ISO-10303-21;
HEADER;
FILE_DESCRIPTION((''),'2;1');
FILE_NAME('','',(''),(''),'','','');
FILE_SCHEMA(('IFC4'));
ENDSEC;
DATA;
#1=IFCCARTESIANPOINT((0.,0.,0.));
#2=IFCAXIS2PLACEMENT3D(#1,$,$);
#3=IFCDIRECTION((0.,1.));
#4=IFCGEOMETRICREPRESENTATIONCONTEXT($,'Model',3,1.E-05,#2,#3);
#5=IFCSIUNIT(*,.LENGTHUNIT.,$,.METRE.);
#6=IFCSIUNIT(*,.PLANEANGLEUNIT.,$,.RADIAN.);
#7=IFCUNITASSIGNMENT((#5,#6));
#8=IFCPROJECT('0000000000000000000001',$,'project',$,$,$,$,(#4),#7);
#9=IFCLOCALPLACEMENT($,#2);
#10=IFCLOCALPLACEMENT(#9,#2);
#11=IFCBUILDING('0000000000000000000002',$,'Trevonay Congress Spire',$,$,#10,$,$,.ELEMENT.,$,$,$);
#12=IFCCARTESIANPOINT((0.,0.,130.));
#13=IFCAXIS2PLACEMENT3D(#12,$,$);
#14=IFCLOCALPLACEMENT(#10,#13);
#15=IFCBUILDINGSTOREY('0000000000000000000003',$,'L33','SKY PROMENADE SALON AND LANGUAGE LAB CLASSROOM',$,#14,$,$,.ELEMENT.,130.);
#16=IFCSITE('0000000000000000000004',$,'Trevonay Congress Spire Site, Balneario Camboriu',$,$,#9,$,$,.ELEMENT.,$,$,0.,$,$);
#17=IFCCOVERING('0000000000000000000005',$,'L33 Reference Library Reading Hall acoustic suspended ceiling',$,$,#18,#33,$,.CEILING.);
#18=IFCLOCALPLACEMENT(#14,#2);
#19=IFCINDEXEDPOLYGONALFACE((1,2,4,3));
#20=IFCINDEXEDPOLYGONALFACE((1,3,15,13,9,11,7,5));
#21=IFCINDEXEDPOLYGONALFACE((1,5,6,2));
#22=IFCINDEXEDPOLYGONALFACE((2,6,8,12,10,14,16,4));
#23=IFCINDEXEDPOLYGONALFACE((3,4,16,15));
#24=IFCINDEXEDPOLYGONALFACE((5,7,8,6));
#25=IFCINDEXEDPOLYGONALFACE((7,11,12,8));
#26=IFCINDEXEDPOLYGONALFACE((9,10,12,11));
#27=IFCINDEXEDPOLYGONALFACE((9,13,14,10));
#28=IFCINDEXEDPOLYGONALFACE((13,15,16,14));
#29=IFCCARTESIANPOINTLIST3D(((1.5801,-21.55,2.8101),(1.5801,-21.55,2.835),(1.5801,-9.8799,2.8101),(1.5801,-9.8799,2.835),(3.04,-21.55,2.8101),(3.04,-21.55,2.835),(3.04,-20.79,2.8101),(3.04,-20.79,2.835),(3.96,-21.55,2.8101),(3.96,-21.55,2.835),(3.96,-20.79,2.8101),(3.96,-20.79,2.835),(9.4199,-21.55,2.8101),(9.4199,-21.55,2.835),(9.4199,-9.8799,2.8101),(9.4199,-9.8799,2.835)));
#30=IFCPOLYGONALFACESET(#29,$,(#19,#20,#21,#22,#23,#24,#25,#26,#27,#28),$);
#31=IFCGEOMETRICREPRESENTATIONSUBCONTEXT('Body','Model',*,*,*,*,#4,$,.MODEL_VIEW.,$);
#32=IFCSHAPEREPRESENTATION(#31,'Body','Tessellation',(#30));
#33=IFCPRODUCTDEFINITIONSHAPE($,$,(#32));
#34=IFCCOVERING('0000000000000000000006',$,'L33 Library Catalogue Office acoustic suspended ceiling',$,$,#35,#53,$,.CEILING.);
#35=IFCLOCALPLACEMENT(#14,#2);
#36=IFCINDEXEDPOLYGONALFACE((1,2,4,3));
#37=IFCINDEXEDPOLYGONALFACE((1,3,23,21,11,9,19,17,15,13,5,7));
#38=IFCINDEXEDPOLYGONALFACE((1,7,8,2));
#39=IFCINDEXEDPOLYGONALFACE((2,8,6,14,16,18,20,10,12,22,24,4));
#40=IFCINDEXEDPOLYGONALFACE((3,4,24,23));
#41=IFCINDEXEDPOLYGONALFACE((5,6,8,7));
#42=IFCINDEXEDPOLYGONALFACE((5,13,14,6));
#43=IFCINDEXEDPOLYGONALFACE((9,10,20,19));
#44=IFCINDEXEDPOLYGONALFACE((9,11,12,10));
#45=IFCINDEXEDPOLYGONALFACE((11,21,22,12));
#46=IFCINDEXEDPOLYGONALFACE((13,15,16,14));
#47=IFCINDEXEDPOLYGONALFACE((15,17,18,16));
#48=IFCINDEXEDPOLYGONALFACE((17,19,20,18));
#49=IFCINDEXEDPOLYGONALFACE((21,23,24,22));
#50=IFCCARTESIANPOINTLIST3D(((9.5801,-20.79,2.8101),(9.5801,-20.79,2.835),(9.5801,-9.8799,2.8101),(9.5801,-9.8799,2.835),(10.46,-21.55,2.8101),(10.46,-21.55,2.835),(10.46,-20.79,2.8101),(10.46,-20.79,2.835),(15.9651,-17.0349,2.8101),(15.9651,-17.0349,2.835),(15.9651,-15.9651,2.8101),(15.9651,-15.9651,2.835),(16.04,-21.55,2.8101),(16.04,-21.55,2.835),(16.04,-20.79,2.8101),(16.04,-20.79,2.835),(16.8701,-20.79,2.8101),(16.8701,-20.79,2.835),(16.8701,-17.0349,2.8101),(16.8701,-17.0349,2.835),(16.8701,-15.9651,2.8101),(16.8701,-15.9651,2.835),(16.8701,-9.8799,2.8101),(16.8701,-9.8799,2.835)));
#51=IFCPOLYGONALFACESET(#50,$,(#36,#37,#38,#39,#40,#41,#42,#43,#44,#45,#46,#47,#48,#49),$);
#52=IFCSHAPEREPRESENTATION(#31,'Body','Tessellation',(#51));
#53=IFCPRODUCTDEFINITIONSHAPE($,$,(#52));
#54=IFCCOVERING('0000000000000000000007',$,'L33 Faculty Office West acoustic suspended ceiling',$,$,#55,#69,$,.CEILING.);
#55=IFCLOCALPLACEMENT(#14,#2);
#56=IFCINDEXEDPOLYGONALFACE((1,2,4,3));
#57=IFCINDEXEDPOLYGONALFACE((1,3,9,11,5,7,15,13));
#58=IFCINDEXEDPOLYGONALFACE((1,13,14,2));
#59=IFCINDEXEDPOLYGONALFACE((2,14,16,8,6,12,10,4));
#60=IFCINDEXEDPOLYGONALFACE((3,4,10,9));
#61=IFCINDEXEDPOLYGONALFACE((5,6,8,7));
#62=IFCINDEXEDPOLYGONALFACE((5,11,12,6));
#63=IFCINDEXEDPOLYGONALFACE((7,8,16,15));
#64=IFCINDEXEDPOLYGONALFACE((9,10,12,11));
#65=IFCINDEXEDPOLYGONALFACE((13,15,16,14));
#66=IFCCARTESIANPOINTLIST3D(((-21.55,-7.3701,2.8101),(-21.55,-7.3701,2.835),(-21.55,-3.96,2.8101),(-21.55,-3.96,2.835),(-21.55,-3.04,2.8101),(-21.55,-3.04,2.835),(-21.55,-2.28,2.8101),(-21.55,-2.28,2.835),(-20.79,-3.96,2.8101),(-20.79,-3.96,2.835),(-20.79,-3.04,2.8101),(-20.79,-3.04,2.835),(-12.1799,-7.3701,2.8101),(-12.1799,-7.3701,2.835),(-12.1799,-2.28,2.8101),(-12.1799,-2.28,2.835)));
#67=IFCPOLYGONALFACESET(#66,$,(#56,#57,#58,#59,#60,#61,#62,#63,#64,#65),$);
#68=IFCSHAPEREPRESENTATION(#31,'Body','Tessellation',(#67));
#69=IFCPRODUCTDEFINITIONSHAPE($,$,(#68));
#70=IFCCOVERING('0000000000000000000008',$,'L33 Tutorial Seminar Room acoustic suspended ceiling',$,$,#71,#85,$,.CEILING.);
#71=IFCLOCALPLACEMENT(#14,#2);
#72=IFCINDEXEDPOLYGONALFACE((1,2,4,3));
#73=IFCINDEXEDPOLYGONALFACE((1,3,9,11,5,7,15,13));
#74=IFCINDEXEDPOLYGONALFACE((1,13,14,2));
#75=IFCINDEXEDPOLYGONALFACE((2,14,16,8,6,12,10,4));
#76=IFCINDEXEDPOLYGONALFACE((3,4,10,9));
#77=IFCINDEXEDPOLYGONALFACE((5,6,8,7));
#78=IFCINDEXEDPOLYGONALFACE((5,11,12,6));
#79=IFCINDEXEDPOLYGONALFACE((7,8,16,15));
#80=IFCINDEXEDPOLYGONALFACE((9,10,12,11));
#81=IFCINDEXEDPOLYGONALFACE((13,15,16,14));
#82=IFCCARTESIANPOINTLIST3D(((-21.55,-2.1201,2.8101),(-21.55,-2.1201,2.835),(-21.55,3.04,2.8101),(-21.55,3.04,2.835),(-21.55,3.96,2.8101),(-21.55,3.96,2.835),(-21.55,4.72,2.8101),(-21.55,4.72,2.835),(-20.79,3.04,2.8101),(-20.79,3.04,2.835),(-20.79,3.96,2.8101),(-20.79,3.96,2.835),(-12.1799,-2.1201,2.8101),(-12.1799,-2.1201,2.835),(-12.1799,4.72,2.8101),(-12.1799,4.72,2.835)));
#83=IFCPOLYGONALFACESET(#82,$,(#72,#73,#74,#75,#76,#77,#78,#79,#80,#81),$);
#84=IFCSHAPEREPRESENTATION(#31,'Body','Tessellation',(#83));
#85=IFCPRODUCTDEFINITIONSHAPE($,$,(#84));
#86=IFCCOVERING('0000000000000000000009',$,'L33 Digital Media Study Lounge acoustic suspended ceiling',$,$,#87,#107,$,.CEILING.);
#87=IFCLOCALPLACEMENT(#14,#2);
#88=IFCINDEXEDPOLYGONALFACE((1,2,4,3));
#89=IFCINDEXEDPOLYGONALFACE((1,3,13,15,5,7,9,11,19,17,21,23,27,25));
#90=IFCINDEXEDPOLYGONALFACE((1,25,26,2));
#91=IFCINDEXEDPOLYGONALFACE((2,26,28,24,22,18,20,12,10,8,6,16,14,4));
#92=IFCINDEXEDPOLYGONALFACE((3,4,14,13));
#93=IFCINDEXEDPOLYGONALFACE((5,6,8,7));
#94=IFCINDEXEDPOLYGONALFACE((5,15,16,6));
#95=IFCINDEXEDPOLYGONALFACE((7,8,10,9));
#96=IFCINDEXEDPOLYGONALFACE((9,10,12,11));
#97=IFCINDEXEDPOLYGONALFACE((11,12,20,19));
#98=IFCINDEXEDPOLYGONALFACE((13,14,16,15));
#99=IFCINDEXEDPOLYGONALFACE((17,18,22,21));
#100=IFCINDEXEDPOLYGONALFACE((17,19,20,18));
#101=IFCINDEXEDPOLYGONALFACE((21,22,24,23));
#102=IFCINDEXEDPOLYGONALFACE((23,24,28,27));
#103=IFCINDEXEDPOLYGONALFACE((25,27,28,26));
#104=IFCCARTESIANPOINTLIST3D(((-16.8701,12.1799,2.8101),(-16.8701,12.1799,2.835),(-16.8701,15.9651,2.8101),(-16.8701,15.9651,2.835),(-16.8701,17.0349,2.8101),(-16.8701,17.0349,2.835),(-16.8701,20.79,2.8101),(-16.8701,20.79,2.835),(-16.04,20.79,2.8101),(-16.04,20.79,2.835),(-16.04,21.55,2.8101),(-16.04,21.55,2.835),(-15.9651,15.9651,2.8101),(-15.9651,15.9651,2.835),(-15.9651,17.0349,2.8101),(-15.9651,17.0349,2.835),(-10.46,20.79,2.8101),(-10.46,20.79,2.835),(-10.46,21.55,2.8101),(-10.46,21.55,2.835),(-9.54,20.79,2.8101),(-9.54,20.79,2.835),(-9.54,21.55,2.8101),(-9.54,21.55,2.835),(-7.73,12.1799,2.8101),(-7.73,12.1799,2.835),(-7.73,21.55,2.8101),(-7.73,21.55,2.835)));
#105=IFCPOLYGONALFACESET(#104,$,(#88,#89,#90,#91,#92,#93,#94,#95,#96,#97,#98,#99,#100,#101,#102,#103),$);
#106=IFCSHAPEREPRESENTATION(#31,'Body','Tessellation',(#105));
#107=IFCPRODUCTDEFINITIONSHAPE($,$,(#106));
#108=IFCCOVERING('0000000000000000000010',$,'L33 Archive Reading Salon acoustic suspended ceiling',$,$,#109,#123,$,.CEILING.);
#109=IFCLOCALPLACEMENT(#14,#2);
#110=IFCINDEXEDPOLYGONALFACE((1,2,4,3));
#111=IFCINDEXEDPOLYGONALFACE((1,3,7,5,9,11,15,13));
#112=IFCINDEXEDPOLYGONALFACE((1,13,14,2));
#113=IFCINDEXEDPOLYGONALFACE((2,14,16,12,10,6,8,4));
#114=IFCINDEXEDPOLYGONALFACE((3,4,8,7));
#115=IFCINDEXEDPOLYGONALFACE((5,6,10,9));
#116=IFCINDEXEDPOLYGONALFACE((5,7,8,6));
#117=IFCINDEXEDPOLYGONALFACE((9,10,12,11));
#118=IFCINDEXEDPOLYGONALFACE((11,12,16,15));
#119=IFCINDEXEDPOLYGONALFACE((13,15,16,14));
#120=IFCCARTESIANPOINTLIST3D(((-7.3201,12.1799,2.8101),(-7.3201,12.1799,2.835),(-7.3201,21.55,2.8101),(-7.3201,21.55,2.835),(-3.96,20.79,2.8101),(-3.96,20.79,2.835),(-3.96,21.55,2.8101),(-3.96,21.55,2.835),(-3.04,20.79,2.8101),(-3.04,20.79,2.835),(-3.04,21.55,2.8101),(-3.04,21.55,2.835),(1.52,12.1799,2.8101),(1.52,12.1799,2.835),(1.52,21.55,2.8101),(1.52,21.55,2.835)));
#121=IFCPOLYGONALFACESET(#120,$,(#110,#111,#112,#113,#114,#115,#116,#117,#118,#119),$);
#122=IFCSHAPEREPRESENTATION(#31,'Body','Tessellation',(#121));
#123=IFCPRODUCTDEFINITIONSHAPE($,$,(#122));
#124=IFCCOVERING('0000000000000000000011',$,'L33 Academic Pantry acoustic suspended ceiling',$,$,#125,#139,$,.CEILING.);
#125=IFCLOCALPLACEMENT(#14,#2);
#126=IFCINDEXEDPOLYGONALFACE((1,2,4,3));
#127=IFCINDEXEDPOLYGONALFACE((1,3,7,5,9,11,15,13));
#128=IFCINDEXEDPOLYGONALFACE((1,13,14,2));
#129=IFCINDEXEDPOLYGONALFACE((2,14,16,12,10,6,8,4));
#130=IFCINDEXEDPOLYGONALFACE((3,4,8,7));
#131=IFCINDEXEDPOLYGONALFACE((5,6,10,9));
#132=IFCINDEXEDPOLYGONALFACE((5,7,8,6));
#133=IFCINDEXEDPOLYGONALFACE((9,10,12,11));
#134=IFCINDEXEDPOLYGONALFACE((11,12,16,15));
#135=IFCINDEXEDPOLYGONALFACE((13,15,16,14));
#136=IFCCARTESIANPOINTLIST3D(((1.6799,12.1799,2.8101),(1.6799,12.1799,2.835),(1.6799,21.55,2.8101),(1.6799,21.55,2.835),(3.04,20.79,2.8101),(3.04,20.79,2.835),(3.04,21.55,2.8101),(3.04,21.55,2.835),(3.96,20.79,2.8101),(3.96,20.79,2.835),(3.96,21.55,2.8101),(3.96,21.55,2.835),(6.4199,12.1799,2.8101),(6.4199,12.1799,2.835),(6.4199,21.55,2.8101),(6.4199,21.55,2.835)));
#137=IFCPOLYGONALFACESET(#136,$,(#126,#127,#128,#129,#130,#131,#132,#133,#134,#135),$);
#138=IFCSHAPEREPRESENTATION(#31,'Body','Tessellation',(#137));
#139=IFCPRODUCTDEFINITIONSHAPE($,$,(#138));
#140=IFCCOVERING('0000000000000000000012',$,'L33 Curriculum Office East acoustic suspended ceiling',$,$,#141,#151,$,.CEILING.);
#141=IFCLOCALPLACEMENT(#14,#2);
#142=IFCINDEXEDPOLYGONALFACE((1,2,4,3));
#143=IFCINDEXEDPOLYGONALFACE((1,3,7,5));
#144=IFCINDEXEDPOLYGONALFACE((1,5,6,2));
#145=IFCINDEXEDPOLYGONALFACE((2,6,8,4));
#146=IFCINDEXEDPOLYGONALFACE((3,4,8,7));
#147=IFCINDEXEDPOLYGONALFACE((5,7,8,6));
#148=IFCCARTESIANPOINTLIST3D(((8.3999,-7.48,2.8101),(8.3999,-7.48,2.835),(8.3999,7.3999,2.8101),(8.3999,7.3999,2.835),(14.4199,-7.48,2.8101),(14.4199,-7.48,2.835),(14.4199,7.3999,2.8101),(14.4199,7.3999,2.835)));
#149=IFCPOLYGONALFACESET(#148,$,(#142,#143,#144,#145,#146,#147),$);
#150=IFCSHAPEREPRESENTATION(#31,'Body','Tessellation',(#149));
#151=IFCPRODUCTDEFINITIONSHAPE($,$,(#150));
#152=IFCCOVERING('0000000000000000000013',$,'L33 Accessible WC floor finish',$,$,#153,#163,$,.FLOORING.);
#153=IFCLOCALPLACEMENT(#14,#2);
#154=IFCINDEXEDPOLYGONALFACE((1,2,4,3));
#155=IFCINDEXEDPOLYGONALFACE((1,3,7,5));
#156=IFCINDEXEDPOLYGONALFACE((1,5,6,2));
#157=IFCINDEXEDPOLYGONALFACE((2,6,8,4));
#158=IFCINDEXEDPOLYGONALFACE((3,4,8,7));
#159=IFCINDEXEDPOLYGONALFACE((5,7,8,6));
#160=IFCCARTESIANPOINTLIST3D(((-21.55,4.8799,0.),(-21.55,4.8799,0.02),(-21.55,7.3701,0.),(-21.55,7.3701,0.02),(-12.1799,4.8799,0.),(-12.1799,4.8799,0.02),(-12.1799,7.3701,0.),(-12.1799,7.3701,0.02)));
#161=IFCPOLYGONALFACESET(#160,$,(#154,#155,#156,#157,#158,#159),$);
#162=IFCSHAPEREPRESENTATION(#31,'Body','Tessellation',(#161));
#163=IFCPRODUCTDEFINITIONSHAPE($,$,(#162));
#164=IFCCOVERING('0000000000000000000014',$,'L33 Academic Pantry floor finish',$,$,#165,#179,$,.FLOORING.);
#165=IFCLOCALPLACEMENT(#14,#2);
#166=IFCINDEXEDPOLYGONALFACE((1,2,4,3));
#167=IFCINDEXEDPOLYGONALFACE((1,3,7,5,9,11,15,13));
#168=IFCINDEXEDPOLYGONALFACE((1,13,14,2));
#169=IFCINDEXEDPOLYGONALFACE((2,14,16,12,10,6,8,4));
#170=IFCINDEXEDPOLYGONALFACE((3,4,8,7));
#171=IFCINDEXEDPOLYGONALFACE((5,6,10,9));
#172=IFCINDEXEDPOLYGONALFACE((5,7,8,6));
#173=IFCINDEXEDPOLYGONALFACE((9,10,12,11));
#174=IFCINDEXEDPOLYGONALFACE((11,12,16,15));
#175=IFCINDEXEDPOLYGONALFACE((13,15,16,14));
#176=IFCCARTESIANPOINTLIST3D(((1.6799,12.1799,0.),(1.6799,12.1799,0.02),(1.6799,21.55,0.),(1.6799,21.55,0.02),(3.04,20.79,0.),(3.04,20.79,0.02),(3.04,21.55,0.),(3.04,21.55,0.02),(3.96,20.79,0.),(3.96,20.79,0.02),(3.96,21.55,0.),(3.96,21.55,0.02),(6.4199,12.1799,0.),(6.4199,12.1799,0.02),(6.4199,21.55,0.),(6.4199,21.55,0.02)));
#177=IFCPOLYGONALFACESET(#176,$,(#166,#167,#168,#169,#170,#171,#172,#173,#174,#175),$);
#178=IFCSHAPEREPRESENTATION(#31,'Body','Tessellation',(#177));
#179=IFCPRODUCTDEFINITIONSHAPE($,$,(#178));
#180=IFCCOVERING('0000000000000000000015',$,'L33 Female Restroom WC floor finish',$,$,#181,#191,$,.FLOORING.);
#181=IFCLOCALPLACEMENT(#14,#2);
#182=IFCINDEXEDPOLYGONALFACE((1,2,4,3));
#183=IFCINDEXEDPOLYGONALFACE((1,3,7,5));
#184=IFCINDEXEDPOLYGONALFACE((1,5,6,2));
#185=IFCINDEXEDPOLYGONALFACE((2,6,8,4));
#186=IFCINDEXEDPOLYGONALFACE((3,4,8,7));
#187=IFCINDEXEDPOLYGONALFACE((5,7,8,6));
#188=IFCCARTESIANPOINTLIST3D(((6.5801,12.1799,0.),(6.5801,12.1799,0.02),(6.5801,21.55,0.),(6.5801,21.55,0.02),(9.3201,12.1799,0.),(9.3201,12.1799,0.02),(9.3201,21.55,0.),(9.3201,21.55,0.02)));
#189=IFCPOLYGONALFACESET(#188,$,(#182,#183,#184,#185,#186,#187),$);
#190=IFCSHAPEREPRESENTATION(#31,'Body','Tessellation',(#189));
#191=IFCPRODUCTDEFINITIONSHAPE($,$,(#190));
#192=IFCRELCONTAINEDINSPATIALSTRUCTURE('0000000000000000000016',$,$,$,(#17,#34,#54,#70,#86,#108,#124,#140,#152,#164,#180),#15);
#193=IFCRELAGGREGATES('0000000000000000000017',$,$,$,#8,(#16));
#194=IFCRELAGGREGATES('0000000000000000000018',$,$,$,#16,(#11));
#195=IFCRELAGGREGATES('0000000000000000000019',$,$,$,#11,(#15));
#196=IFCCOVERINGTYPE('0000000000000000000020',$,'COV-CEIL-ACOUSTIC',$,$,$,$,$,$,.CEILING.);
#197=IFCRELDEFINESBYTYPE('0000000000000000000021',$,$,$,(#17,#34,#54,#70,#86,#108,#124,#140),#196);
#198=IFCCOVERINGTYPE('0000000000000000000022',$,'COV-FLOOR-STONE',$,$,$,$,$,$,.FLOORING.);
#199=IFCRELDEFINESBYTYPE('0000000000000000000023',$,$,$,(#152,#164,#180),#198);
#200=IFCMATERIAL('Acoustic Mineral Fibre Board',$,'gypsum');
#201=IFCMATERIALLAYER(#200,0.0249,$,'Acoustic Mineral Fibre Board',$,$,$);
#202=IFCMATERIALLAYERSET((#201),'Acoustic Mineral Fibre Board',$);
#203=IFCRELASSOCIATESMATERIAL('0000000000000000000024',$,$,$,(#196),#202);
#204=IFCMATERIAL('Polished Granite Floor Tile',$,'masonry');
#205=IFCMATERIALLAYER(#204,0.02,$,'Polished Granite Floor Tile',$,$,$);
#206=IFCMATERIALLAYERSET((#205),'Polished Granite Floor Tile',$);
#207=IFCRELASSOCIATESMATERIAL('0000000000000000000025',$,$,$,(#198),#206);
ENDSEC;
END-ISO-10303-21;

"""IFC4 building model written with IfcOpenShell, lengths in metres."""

from ifc_helpers import new_model, si_unit, direction, frame, origin, place, context, subcontext, project, spatial, polyline, outline, extrude, material, layer, layer_set, type_object, element, save


model = new_model("IFC4")

# Units and contexts
model_context = context("Model", 3, precision=1e-05, world=origin(), true_north=direction((0.0, 1.0)))
body_context = subcontext(model_context, "Body", "Model", "MODEL_VIEW")
ifc_project = project(units=[si_unit("LENGTHUNIT", "METRE"), si_unit("PLANEANGLEUNIT", "RADIAN")], contexts=[model_context])

# Site, building, storey
site_placement = place(None, origin())
site = spatial("IfcSite", under=ifc_project, at=site_placement, Name="Trevonay Congress Spire Site, Balneario Camboriu", CompositionType="ELEMENT", RefElevation=0.0)
building_placement = place(site_placement, origin())
building = spatial("IfcBuilding", under=site, at=building_placement, Name="Trevonay Congress Spire", CompositionType="ELEMENT")
storey_placement = place(building_placement, frame((0.0, 0.0, 130.0)))
storey = spatial("IfcBuildingStorey", under=building, at=storey_placement, Name="L33", Description="SKY PROMENADE SALON AND LANGUAGE LAB CLASSROOM", CompositionType="ELEMENT", Elevation=130.0)

# Coverings
ifc_material_1 = material(Name="Acoustic Mineral Fibre Board", Category="gypsum")
ifc_layer_1 = layer(ifc_material_1, 0.0249, Name="Acoustic Mineral Fibre Board")
ifc_layer_set_1 = layer_set([ifc_layer_1], Name="Acoustic Mineral Fibre Board")
covering_type_1 = type_object("IfcCoveringType", Name="COV-CEIL-ACOUSTIC", PredefinedType="CEILING", material=ifc_layer_set_1)
covering_1_placement = place(storey_placement, frame((0.0, 0.0, 2.8101)))
element("IfcCovering", 1, at=covering_1_placement, inside=storey, type_object=covering_type_1, Name="L33 Reference Library Reading Hall acoustic suspended ceiling", PredefinedType="CEILING", context=body_context, shape_type="SweptSolid", body=[
    extrude(outline(polyline([(1.5801, -21.55), (1.5801, -9.8799), (9.4199, -9.8799), (9.4199, -21.55), (3.96, -21.55), (3.96, -20.79), (3.04, -20.79), (3.04, -21.55), (1.5801, -21.55)])), origin(), (0.0, 0.0, 1.0), 0.0249),
])
covering_2_placement = place(storey_placement, frame((0.0, 0.0, 2.8101)))
element("IfcCovering", 2, at=covering_2_placement, inside=storey, type_object=covering_type_1, Name="L33 Library Catalogue Office acoustic suspended ceiling", PredefinedType="CEILING", context=body_context, shape_type="SweptSolid", body=[
    extrude(outline(polyline([(10.46, -21.55), (10.46, -20.79), (9.5801, -20.79), (9.5801, -9.8799), (16.8701, -9.8799), (16.8701, -15.9651), (15.9651, -15.9651), (15.9651, -17.0349), (16.8701, -17.0349), (16.8701, -20.79), (16.04, -20.79), (16.04, -21.55), (10.46, -21.55)])), origin(), (0.0, 0.0, 1.0), 0.0249),
])
covering_3_placement = place(storey_placement, frame((0.0, 0.0, 2.8101)))
element("IfcCovering", 3, at=covering_3_placement, inside=storey, type_object=covering_type_1, Name="L33 Faculty Office West acoustic suspended ceiling", PredefinedType="CEILING", context=body_context, shape_type="SweptSolid", body=[
    extrude(outline(polyline([(-21.55, -2.28), (-12.1799, -2.28), (-12.1799, -7.3701), (-21.55, -7.3701), (-21.55, -3.96), (-20.79, -3.96), (-20.79, -3.04), (-21.55, -3.04), (-21.55, -2.28)])), origin(), (0.0, 0.0, 1.0), 0.0249),
])
covering_4_placement = place(storey_placement, frame((0.0, 0.0, 2.8101)))
element("IfcCovering", 4, at=covering_4_placement, inside=storey, type_object=covering_type_1, Name="L33 Tutorial Seminar Room acoustic suspended ceiling", PredefinedType="CEILING", context=body_context, shape_type="SweptSolid", body=[
    extrude(outline(polyline([(-21.55, 4.72), (-12.1799, 4.72), (-12.1799, -2.1201), (-21.55, -2.1201), (-21.55, 3.04), (-20.79, 3.04), (-20.79, 3.96), (-21.55, 3.96), (-21.55, 4.72)])), origin(), (0.0, 0.0, 1.0), 0.0249),
])
covering_5_placement = place(storey_placement, frame((0.0, 0.0, 2.8101)))
element("IfcCovering", 5, at=covering_5_placement, inside=storey, type_object=covering_type_1, Name="L33 Digital Media Study Lounge acoustic suspended ceiling", PredefinedType="CEILING", context=body_context, shape_type="SweptSolid", body=[
    extrude(outline(polyline([(-7.73, 21.55), (-7.73, 12.1799), (-16.8701, 12.1799), (-16.8701, 15.9651), (-15.9651, 15.9651), (-15.9651, 17.0349), (-16.8701, 17.0349), (-16.8701, 20.79), (-16.04, 20.79), (-16.04, 21.55), (-10.46, 21.55), (-10.46, 20.79), (-9.54, 20.79), (-9.54, 21.55), (-7.73, 21.55)])), origin(), (0.0, 0.0, 1.0), 0.0249),
])
covering_6_placement = place(storey_placement, frame((0.0, 0.0, 2.8101)))
element("IfcCovering", 6, at=covering_6_placement, inside=storey, type_object=covering_type_1, Name="L33 Archive Reading Salon acoustic suspended ceiling", PredefinedType="CEILING", context=body_context, shape_type="SweptSolid", body=[
    extrude(outline(polyline([(1.52, 21.55), (1.52, 12.1799), (-7.3201, 12.1799), (-7.3201, 21.55), (-3.96, 21.55), (-3.96, 20.79), (-3.04, 20.79), (-3.04, 21.55), (1.52, 21.55)])), origin(), (0.0, 0.0, 1.0), 0.0249),
])
covering_7_placement = place(storey_placement, frame((0.0, 0.0, 2.8101)))
element("IfcCovering", 7, at=covering_7_placement, inside=storey, type_object=covering_type_1, Name="L33 Academic Pantry acoustic suspended ceiling", PredefinedType="CEILING", context=body_context, shape_type="SweptSolid", body=[
    extrude(outline(polyline([(6.4199, 21.55), (6.4199, 12.1799), (1.6799, 12.1799), (1.6799, 21.55), (3.04, 21.55), (3.04, 20.79), (3.96, 20.79), (3.96, 21.55), (6.4199, 21.55)])), origin(), (0.0, 0.0, 1.0), 0.0249),
])
covering_8_placement = place(storey_placement, frame((0.0, 0.0, 2.8101)))
element("IfcCovering", 8, at=covering_8_placement, inside=storey, type_object=covering_type_1, Name="L33 Curriculum Office East acoustic suspended ceiling", PredefinedType="CEILING", context=body_context, shape_type="SweptSolid", body=[
    extrude(outline(polyline([(8.3999, -7.48), (14.4199, -7.48), (14.4199, 7.3999), (8.3999, 7.3999), (8.3999, -7.48)])), origin(), (0.0, 0.0, 1.0), 0.0249),
])
ifc_material_2 = material(Name="Polished Granite Floor Tile", Category="masonry")
ifc_layer_2 = layer(ifc_material_2, 0.02, Name="Polished Granite Floor Tile")
ifc_layer_set_2 = layer_set([ifc_layer_2], Name="Polished Granite Floor Tile")
covering_type_2 = type_object("IfcCoveringType", Name="COV-FLOOR-STONE", PredefinedType="FLOORING", material=ifc_layer_set_2)
covering_9_placement = place(storey_placement, origin())
element("IfcCovering", 9, at=covering_9_placement, inside=storey, type_object=covering_type_2, Name="L33 Accessible WC floor finish", PredefinedType="FLOORING", context=body_context, shape_type="SweptSolid", body=[
    extrude(outline(polyline([(-21.55, 4.8799), (-12.1799, 4.8799), (-12.1799, 7.3701), (-21.55, 7.3701), (-21.55, 4.8799)])), origin(), (0.0, 0.0, 1.0), 0.02),
])
covering_10_placement = place(storey_placement, origin())
element("IfcCovering", 10, at=covering_10_placement, inside=storey, type_object=covering_type_2, Name="L33 Academic Pantry floor finish", PredefinedType="FLOORING", context=body_context, shape_type="SweptSolid", body=[
    extrude(outline(polyline([(6.4199, 21.55), (6.4199, 12.1799), (1.6799, 12.1799), (1.6799, 21.55), (3.04, 21.55), (3.04, 20.79), (3.96, 20.79), (3.96, 21.55), (6.4199, 21.55)])), origin(), (0.0, 0.0, 1.0), 0.02),
])
covering_11_placement = place(storey_placement, origin())
element("IfcCovering", 11, at=covering_11_placement, inside=storey, type_object=covering_type_2, Name="L33 Female Restroom WC floor finish", PredefinedType="FLOORING", context=body_context, shape_type="SweptSolid", body=[
    extrude(outline(polyline([(6.5801, 12.1799), (9.3201, 12.1799), (9.3201, 21.55), (6.5801, 21.55), (6.5801, 12.1799)])), origin(), (0.0, 0.0, 1.0), 0.02),
])

save(model, "model.ifc")
